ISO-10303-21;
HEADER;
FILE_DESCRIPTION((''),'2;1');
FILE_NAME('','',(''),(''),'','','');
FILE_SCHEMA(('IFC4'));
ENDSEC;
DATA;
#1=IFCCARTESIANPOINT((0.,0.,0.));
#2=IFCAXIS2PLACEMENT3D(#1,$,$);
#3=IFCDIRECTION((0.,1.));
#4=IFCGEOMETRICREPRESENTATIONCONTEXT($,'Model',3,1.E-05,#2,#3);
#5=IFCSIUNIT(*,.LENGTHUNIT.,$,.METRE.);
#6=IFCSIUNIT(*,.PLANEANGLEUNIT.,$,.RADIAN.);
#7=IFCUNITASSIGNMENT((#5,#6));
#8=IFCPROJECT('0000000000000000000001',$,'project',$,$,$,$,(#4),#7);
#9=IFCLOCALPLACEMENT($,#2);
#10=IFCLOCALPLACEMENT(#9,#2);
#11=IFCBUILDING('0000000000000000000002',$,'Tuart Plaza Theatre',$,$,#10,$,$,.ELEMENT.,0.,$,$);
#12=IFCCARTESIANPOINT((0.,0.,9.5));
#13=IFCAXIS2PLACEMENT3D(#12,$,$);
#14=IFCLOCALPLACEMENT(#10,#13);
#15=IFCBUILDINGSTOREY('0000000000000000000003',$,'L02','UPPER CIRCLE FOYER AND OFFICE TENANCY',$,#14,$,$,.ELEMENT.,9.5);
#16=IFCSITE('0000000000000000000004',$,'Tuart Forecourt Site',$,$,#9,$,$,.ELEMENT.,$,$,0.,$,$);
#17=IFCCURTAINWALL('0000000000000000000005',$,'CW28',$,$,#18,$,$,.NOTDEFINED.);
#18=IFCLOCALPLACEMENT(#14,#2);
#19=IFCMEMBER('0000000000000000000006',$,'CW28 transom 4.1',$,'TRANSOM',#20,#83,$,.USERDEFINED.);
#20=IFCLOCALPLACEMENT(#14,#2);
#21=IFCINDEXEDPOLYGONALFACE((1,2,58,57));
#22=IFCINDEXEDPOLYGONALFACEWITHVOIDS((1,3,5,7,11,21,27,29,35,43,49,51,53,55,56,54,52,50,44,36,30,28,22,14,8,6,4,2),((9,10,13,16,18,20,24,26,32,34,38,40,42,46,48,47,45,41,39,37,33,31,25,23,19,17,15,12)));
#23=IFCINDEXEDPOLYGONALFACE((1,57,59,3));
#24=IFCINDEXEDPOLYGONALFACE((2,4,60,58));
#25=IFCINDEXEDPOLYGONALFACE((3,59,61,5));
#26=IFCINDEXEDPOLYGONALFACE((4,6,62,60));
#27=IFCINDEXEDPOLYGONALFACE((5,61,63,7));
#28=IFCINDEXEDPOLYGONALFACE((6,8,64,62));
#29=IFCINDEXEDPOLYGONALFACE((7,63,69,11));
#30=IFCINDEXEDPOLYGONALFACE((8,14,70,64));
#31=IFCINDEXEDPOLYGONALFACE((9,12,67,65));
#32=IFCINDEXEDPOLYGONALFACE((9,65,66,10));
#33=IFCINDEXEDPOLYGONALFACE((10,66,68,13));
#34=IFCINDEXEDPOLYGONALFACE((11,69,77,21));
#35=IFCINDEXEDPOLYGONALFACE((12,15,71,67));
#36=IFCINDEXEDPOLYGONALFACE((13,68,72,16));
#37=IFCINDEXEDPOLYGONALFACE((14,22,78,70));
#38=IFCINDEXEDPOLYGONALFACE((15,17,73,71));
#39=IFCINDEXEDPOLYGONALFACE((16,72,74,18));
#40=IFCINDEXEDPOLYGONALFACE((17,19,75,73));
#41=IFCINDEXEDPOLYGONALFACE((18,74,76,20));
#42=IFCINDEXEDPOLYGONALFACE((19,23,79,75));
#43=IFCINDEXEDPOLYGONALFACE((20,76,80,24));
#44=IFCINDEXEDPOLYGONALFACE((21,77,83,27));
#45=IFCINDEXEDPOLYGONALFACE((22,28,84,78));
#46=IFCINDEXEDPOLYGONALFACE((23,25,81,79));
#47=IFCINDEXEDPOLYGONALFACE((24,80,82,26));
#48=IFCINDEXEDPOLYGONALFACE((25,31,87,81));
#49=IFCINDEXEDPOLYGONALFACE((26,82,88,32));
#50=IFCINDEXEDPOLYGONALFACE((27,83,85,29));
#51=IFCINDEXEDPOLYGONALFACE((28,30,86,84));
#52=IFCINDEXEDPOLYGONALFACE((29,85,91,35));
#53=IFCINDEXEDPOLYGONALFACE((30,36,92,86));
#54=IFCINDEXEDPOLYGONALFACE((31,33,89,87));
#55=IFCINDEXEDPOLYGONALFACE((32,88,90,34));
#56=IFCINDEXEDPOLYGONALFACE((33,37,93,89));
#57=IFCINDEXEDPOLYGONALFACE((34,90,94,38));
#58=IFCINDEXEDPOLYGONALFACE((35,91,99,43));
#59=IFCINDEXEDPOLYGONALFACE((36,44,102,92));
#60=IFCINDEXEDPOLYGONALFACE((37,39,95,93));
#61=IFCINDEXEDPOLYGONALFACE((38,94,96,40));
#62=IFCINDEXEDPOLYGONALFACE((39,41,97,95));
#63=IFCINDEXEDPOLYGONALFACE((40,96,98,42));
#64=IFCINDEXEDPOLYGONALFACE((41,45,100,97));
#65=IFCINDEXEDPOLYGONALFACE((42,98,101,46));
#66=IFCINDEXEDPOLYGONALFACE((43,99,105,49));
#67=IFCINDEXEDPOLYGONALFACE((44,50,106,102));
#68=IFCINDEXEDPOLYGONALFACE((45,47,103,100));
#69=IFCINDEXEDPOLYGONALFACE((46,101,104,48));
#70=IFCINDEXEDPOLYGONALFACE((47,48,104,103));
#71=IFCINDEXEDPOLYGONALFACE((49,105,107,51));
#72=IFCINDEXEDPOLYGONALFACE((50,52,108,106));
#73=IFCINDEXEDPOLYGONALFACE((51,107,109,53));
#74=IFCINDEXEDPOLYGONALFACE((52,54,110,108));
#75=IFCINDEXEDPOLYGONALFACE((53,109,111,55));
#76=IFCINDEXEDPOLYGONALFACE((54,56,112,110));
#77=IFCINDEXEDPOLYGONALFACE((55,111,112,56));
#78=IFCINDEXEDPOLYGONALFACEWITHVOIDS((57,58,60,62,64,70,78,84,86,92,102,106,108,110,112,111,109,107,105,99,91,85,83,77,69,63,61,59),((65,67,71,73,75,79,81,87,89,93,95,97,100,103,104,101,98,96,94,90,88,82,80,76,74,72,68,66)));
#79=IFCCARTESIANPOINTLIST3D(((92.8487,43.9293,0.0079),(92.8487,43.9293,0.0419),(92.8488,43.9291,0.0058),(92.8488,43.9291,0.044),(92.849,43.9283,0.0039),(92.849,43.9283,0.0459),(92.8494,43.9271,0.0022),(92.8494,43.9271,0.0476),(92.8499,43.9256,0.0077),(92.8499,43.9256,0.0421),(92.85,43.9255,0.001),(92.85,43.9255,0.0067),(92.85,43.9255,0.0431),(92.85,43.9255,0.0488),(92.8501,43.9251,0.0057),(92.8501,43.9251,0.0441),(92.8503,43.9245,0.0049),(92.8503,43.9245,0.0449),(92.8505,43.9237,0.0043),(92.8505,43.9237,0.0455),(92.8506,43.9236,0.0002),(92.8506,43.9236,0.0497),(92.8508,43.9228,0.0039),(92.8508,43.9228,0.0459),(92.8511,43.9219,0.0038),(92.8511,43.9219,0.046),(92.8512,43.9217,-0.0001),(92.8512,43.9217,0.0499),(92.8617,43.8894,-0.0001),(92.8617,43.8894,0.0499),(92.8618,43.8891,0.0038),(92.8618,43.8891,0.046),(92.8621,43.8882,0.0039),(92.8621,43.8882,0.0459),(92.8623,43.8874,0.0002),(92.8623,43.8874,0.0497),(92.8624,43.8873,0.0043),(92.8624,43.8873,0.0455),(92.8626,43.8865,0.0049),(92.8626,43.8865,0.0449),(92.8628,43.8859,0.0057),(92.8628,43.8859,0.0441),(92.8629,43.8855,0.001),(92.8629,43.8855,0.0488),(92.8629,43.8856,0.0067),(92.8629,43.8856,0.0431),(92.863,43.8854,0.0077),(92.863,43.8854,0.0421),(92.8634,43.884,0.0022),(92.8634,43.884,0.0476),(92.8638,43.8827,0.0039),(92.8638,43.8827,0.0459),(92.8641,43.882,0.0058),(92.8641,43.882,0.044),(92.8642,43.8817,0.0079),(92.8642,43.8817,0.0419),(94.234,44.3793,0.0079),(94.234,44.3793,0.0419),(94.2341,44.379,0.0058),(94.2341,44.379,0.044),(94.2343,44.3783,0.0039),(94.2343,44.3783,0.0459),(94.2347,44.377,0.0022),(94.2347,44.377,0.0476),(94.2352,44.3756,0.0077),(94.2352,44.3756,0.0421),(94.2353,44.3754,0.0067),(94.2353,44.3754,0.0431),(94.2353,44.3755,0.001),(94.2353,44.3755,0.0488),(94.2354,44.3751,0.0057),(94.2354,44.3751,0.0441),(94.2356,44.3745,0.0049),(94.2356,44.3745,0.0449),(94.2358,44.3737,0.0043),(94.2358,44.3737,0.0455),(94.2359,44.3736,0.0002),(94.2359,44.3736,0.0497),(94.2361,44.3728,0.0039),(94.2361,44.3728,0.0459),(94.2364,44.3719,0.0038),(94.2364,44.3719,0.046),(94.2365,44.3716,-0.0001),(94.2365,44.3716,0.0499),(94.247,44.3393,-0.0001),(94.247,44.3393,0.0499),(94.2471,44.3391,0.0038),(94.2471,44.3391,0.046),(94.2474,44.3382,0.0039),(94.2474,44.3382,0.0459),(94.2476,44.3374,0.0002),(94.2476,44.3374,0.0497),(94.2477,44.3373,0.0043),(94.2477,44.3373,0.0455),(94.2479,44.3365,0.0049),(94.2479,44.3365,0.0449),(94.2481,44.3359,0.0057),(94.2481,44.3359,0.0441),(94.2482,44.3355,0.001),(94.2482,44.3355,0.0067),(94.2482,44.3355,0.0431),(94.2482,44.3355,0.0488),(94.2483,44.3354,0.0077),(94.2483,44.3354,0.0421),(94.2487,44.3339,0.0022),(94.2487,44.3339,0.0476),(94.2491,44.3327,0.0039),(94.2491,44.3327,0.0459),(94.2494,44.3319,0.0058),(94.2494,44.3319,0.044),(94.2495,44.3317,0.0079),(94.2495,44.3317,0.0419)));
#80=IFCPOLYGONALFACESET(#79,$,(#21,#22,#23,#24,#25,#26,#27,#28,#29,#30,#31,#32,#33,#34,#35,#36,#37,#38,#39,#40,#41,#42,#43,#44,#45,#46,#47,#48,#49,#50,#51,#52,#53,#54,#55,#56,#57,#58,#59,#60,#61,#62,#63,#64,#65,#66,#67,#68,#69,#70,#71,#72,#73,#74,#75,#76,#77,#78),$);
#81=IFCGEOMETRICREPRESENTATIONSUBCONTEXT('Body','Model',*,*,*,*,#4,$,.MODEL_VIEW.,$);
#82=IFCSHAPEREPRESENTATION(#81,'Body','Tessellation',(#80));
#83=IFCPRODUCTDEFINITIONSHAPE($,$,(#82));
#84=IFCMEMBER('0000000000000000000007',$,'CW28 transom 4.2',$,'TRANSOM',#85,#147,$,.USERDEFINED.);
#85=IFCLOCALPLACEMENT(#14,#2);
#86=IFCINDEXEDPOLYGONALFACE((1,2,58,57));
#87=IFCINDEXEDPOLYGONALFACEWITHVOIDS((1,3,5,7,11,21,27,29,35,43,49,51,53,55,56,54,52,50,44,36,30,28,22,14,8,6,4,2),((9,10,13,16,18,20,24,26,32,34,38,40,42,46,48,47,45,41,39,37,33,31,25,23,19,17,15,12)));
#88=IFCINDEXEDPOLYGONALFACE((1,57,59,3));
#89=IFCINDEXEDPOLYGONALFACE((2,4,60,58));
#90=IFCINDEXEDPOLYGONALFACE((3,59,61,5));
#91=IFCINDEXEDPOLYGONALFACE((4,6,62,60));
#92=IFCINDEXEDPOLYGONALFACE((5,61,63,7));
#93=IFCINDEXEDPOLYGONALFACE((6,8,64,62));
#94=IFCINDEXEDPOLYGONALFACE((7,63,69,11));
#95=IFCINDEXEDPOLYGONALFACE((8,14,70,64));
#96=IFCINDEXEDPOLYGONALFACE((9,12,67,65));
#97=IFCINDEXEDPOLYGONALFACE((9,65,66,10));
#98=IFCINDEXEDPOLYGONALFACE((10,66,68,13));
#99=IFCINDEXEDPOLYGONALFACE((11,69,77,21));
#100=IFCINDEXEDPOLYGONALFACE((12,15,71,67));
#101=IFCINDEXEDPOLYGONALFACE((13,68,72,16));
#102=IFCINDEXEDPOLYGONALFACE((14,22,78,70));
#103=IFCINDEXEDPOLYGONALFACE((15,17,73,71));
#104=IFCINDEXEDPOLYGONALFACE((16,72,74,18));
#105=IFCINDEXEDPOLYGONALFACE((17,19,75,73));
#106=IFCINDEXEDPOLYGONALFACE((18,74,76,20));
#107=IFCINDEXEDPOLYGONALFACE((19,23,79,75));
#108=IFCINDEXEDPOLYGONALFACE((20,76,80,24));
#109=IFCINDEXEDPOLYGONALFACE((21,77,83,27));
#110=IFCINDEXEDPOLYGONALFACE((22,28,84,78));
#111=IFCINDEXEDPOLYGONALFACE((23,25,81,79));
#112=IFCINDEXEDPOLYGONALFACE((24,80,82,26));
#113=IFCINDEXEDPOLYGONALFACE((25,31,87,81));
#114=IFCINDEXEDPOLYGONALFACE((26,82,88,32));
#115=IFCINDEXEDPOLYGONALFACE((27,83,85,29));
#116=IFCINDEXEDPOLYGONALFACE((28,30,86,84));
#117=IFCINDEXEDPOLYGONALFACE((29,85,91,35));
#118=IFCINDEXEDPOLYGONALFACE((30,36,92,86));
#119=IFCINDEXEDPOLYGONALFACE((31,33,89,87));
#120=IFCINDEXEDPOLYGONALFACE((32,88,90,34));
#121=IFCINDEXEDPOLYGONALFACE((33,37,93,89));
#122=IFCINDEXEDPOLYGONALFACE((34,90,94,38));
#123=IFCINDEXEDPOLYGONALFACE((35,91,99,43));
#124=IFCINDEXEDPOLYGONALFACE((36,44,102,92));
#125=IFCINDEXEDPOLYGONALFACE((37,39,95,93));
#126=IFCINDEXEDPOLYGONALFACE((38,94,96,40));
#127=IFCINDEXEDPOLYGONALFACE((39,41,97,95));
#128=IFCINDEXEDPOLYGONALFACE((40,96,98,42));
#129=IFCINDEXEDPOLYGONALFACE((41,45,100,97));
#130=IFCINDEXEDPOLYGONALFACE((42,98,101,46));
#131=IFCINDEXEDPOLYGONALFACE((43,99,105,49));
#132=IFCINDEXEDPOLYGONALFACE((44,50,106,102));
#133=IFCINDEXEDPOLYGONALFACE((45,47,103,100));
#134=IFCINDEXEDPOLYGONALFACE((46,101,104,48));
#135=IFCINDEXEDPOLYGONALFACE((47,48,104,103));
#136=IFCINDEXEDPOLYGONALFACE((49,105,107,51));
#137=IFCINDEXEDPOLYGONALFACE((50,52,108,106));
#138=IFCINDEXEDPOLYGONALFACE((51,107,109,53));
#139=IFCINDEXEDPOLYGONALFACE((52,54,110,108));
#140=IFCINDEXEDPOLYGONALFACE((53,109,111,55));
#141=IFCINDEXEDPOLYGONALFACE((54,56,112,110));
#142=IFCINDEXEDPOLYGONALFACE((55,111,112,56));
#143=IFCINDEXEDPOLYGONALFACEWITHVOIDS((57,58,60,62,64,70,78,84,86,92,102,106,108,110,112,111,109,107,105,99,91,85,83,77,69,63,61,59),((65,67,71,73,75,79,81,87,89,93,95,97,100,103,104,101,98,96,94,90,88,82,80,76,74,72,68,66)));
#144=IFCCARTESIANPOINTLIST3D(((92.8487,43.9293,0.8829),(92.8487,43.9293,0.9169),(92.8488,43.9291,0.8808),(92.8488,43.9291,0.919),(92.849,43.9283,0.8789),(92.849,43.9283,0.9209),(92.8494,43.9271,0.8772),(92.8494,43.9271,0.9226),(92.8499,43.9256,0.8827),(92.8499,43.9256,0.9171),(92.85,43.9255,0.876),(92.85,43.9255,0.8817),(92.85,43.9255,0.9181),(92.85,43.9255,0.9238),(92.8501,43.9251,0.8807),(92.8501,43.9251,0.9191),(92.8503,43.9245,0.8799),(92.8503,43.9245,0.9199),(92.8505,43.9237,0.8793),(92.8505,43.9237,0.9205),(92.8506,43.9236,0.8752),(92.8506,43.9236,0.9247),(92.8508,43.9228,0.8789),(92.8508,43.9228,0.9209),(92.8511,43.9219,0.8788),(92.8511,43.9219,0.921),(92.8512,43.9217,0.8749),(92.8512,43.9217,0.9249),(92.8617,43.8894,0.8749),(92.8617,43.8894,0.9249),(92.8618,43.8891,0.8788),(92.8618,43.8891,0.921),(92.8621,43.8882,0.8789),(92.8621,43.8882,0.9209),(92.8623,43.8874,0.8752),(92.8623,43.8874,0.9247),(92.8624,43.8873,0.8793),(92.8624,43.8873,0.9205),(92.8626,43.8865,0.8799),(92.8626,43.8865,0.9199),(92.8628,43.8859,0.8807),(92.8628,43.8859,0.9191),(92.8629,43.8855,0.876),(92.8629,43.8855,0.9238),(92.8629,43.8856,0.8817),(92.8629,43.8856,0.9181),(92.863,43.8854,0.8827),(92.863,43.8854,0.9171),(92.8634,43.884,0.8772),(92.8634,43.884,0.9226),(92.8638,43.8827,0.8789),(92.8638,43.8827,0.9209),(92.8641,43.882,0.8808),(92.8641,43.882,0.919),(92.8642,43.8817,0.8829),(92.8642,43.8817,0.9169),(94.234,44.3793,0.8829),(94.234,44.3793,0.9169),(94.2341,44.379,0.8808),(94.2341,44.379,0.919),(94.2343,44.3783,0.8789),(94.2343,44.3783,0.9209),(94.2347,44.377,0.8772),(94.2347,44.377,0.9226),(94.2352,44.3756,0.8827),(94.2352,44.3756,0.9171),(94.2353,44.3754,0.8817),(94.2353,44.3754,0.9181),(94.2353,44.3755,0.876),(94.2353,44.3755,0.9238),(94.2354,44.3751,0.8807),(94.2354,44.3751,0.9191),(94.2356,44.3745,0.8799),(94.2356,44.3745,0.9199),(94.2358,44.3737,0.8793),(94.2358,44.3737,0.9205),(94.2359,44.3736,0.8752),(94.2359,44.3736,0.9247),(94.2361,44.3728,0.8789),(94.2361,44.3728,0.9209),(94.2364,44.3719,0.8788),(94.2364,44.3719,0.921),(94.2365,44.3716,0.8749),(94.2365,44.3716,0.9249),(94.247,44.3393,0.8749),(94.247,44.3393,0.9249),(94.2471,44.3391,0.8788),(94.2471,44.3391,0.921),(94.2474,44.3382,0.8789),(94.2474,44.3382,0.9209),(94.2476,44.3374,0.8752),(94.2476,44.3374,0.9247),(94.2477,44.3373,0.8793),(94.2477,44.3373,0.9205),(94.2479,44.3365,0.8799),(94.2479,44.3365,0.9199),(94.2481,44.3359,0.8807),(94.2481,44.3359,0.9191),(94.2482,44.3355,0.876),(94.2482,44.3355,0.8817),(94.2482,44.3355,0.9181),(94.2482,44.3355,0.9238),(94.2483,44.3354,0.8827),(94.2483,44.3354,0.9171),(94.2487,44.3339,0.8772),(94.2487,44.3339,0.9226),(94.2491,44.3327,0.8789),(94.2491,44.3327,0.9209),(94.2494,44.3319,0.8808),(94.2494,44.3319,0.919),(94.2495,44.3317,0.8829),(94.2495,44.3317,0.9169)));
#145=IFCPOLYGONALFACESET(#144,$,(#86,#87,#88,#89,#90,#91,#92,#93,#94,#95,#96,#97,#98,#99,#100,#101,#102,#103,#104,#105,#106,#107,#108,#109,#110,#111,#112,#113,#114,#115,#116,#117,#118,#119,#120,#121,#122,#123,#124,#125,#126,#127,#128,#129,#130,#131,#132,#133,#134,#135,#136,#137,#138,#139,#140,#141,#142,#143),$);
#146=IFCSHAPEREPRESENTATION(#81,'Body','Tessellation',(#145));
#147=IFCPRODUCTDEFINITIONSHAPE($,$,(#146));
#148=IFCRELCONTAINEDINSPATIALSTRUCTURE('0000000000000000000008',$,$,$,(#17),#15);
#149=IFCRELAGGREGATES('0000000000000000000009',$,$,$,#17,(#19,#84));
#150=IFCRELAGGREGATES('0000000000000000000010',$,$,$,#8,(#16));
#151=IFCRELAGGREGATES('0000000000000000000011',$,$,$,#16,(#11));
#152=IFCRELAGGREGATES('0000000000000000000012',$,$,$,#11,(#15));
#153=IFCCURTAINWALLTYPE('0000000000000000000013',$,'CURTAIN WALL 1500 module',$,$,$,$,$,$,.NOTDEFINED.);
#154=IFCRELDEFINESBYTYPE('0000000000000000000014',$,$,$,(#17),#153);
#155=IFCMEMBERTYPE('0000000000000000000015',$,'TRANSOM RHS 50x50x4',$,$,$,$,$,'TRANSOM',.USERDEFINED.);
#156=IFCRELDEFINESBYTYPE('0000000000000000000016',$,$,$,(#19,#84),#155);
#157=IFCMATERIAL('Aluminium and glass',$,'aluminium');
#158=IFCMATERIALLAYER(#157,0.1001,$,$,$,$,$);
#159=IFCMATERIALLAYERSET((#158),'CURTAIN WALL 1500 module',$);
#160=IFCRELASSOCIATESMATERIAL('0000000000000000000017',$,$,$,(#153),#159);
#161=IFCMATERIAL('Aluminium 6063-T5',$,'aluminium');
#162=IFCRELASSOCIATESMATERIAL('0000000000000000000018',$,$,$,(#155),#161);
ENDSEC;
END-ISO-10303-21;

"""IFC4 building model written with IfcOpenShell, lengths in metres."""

from ifc_helpers import new_model, si_unit, direction, frame, origin, origin_2d, place, context, subcontext, project, spatial, hollow_rectangle, extrude, material, layer, layer_set, material_profile, profile_set, type_object, element, aggregate, save


model = new_model("IFC4")

# Units and contexts
model_context = context("Model", 3, precision=1e-05, world=origin(), true_north=direction((0.0, 1.0)))
body_context = subcontext(model_context, "Body", "Model", "MODEL_VIEW")
ifc_project = project(units=[si_unit("LENGTHUNIT", "METRE"), si_unit("PLANEANGLEUNIT", "RADIAN")], contexts=[model_context])

# Site, building, storey
site_placement = place(None, origin())
site = spatial("IfcSite", under=ifc_project, at=site_placement, Name="Tuart Forecourt Site", CompositionType="ELEMENT", RefElevation=0.0)
building_placement = place(site_placement, origin())
building = spatial("IfcBuilding", under=site, at=building_placement, Name="Tuart Plaza Theatre", CompositionType="ELEMENT", ElevationOfRefHeight=0.0)
storey_placement = place(building_placement, frame((0.0, 0.0, 9.5)))
storey = spatial("IfcBuildingStorey", under=building, at=storey_placement, Name="L02", Description="UPPER CIRCLE FOYER AND OFFICE TENANCY", CompositionType="ELEMENT", Elevation=9.5)

# Curtain wall
ifc_material_1 = material(Name="Aluminium and glass", Category="aluminium")
ifc_layer_1 = layer(ifc_material_1, 0.1001)
ifc_layer_set_1 = layer_set([ifc_layer_1], Name="CURTAIN WALL 1500 module")
curtain_wall_type = type_object("IfcCurtainWallType", Name="CURTAIN WALL 1500 module", PredefinedType="NOTDEFINED", material=ifc_layer_set_1)
curtain_wall_1_placement = place(storey_placement, origin())
curtain_wall_1 = element("IfcCurtainWall", 1, at=curtain_wall_1_placement, inside=storey, type_object=curtain_wall_type, Name="CW28", PredefinedType="NOTDEFINED")

# Members
ifc_material_2 = material(Name="Aluminium 6063-T5", Category="aluminium")
ifc_material_profile_1 = material_profile(ifc_material_2, hollow_rectangle(XDim=0.05, YDim=0.05, WallThickness=0.0039, InnerFilletRadius=0.0039, OuterFilletRadius=0.0081, at=origin_2d()), Name="RHS 50x50x4")
ifc_profile_set_1 = profile_set([ifc_material_profile_1], Name="Aluminium 6063-T5")
member_type_1 = type_object("IfcMemberType", Name="TRANSOM RHS 50x50x4", ElementType="TRANSOM", PredefinedType="USERDEFINED", material=ifc_profile_set_1)
member_1_placement = place(storey_placement, frame((92.8564, 43.9055, 0.0249), z_axis=(0.951086, 0.308927, 0.0), x_axis=(-0.308927, 0.951086, 0.0)))
member_1 = element("IfcMember", 2, at=member_1_placement, type_object=member_type_1, Name="CW28 transom 4.1", ObjectType="TRANSOM", PredefinedType="USERDEFINED", context=body_context, shape_type="SweptSolid", body=[
    extrude(hollow_rectangle(XDim=0.05, YDim=0.05, WallThickness=0.0039, InnerFilletRadius=0.0039, OuterFilletRadius=0.0081, at=origin_2d()), origin(), (0.0, 0.0, 1.0), 1.4565),
])
member_2_placement = place(storey_placement, frame((92.8564, 43.9055, 0.8999), z_axis=(0.951086, 0.308927, 0.0), x_axis=(-0.308927, 0.951086, 0.0)))
member_2 = element("IfcMember", 3, at=member_2_placement, type_object=member_type_1, Name="CW28 transom 4.2", ObjectType="TRANSOM", PredefinedType="USERDEFINED", context=body_context, shape_type="SweptSolid", body=[
    extrude(hollow_rectangle(XDim=0.05, YDim=0.05, WallThickness=0.0039, InnerFilletRadius=0.0039, OuterFilletRadius=0.0081, at=origin_2d()), origin(), (0.0, 0.0, 1.0), 1.4565),
])

aggregate(curtain_wall_1, [member_1, member_2])

save(model, "model.ifc")
